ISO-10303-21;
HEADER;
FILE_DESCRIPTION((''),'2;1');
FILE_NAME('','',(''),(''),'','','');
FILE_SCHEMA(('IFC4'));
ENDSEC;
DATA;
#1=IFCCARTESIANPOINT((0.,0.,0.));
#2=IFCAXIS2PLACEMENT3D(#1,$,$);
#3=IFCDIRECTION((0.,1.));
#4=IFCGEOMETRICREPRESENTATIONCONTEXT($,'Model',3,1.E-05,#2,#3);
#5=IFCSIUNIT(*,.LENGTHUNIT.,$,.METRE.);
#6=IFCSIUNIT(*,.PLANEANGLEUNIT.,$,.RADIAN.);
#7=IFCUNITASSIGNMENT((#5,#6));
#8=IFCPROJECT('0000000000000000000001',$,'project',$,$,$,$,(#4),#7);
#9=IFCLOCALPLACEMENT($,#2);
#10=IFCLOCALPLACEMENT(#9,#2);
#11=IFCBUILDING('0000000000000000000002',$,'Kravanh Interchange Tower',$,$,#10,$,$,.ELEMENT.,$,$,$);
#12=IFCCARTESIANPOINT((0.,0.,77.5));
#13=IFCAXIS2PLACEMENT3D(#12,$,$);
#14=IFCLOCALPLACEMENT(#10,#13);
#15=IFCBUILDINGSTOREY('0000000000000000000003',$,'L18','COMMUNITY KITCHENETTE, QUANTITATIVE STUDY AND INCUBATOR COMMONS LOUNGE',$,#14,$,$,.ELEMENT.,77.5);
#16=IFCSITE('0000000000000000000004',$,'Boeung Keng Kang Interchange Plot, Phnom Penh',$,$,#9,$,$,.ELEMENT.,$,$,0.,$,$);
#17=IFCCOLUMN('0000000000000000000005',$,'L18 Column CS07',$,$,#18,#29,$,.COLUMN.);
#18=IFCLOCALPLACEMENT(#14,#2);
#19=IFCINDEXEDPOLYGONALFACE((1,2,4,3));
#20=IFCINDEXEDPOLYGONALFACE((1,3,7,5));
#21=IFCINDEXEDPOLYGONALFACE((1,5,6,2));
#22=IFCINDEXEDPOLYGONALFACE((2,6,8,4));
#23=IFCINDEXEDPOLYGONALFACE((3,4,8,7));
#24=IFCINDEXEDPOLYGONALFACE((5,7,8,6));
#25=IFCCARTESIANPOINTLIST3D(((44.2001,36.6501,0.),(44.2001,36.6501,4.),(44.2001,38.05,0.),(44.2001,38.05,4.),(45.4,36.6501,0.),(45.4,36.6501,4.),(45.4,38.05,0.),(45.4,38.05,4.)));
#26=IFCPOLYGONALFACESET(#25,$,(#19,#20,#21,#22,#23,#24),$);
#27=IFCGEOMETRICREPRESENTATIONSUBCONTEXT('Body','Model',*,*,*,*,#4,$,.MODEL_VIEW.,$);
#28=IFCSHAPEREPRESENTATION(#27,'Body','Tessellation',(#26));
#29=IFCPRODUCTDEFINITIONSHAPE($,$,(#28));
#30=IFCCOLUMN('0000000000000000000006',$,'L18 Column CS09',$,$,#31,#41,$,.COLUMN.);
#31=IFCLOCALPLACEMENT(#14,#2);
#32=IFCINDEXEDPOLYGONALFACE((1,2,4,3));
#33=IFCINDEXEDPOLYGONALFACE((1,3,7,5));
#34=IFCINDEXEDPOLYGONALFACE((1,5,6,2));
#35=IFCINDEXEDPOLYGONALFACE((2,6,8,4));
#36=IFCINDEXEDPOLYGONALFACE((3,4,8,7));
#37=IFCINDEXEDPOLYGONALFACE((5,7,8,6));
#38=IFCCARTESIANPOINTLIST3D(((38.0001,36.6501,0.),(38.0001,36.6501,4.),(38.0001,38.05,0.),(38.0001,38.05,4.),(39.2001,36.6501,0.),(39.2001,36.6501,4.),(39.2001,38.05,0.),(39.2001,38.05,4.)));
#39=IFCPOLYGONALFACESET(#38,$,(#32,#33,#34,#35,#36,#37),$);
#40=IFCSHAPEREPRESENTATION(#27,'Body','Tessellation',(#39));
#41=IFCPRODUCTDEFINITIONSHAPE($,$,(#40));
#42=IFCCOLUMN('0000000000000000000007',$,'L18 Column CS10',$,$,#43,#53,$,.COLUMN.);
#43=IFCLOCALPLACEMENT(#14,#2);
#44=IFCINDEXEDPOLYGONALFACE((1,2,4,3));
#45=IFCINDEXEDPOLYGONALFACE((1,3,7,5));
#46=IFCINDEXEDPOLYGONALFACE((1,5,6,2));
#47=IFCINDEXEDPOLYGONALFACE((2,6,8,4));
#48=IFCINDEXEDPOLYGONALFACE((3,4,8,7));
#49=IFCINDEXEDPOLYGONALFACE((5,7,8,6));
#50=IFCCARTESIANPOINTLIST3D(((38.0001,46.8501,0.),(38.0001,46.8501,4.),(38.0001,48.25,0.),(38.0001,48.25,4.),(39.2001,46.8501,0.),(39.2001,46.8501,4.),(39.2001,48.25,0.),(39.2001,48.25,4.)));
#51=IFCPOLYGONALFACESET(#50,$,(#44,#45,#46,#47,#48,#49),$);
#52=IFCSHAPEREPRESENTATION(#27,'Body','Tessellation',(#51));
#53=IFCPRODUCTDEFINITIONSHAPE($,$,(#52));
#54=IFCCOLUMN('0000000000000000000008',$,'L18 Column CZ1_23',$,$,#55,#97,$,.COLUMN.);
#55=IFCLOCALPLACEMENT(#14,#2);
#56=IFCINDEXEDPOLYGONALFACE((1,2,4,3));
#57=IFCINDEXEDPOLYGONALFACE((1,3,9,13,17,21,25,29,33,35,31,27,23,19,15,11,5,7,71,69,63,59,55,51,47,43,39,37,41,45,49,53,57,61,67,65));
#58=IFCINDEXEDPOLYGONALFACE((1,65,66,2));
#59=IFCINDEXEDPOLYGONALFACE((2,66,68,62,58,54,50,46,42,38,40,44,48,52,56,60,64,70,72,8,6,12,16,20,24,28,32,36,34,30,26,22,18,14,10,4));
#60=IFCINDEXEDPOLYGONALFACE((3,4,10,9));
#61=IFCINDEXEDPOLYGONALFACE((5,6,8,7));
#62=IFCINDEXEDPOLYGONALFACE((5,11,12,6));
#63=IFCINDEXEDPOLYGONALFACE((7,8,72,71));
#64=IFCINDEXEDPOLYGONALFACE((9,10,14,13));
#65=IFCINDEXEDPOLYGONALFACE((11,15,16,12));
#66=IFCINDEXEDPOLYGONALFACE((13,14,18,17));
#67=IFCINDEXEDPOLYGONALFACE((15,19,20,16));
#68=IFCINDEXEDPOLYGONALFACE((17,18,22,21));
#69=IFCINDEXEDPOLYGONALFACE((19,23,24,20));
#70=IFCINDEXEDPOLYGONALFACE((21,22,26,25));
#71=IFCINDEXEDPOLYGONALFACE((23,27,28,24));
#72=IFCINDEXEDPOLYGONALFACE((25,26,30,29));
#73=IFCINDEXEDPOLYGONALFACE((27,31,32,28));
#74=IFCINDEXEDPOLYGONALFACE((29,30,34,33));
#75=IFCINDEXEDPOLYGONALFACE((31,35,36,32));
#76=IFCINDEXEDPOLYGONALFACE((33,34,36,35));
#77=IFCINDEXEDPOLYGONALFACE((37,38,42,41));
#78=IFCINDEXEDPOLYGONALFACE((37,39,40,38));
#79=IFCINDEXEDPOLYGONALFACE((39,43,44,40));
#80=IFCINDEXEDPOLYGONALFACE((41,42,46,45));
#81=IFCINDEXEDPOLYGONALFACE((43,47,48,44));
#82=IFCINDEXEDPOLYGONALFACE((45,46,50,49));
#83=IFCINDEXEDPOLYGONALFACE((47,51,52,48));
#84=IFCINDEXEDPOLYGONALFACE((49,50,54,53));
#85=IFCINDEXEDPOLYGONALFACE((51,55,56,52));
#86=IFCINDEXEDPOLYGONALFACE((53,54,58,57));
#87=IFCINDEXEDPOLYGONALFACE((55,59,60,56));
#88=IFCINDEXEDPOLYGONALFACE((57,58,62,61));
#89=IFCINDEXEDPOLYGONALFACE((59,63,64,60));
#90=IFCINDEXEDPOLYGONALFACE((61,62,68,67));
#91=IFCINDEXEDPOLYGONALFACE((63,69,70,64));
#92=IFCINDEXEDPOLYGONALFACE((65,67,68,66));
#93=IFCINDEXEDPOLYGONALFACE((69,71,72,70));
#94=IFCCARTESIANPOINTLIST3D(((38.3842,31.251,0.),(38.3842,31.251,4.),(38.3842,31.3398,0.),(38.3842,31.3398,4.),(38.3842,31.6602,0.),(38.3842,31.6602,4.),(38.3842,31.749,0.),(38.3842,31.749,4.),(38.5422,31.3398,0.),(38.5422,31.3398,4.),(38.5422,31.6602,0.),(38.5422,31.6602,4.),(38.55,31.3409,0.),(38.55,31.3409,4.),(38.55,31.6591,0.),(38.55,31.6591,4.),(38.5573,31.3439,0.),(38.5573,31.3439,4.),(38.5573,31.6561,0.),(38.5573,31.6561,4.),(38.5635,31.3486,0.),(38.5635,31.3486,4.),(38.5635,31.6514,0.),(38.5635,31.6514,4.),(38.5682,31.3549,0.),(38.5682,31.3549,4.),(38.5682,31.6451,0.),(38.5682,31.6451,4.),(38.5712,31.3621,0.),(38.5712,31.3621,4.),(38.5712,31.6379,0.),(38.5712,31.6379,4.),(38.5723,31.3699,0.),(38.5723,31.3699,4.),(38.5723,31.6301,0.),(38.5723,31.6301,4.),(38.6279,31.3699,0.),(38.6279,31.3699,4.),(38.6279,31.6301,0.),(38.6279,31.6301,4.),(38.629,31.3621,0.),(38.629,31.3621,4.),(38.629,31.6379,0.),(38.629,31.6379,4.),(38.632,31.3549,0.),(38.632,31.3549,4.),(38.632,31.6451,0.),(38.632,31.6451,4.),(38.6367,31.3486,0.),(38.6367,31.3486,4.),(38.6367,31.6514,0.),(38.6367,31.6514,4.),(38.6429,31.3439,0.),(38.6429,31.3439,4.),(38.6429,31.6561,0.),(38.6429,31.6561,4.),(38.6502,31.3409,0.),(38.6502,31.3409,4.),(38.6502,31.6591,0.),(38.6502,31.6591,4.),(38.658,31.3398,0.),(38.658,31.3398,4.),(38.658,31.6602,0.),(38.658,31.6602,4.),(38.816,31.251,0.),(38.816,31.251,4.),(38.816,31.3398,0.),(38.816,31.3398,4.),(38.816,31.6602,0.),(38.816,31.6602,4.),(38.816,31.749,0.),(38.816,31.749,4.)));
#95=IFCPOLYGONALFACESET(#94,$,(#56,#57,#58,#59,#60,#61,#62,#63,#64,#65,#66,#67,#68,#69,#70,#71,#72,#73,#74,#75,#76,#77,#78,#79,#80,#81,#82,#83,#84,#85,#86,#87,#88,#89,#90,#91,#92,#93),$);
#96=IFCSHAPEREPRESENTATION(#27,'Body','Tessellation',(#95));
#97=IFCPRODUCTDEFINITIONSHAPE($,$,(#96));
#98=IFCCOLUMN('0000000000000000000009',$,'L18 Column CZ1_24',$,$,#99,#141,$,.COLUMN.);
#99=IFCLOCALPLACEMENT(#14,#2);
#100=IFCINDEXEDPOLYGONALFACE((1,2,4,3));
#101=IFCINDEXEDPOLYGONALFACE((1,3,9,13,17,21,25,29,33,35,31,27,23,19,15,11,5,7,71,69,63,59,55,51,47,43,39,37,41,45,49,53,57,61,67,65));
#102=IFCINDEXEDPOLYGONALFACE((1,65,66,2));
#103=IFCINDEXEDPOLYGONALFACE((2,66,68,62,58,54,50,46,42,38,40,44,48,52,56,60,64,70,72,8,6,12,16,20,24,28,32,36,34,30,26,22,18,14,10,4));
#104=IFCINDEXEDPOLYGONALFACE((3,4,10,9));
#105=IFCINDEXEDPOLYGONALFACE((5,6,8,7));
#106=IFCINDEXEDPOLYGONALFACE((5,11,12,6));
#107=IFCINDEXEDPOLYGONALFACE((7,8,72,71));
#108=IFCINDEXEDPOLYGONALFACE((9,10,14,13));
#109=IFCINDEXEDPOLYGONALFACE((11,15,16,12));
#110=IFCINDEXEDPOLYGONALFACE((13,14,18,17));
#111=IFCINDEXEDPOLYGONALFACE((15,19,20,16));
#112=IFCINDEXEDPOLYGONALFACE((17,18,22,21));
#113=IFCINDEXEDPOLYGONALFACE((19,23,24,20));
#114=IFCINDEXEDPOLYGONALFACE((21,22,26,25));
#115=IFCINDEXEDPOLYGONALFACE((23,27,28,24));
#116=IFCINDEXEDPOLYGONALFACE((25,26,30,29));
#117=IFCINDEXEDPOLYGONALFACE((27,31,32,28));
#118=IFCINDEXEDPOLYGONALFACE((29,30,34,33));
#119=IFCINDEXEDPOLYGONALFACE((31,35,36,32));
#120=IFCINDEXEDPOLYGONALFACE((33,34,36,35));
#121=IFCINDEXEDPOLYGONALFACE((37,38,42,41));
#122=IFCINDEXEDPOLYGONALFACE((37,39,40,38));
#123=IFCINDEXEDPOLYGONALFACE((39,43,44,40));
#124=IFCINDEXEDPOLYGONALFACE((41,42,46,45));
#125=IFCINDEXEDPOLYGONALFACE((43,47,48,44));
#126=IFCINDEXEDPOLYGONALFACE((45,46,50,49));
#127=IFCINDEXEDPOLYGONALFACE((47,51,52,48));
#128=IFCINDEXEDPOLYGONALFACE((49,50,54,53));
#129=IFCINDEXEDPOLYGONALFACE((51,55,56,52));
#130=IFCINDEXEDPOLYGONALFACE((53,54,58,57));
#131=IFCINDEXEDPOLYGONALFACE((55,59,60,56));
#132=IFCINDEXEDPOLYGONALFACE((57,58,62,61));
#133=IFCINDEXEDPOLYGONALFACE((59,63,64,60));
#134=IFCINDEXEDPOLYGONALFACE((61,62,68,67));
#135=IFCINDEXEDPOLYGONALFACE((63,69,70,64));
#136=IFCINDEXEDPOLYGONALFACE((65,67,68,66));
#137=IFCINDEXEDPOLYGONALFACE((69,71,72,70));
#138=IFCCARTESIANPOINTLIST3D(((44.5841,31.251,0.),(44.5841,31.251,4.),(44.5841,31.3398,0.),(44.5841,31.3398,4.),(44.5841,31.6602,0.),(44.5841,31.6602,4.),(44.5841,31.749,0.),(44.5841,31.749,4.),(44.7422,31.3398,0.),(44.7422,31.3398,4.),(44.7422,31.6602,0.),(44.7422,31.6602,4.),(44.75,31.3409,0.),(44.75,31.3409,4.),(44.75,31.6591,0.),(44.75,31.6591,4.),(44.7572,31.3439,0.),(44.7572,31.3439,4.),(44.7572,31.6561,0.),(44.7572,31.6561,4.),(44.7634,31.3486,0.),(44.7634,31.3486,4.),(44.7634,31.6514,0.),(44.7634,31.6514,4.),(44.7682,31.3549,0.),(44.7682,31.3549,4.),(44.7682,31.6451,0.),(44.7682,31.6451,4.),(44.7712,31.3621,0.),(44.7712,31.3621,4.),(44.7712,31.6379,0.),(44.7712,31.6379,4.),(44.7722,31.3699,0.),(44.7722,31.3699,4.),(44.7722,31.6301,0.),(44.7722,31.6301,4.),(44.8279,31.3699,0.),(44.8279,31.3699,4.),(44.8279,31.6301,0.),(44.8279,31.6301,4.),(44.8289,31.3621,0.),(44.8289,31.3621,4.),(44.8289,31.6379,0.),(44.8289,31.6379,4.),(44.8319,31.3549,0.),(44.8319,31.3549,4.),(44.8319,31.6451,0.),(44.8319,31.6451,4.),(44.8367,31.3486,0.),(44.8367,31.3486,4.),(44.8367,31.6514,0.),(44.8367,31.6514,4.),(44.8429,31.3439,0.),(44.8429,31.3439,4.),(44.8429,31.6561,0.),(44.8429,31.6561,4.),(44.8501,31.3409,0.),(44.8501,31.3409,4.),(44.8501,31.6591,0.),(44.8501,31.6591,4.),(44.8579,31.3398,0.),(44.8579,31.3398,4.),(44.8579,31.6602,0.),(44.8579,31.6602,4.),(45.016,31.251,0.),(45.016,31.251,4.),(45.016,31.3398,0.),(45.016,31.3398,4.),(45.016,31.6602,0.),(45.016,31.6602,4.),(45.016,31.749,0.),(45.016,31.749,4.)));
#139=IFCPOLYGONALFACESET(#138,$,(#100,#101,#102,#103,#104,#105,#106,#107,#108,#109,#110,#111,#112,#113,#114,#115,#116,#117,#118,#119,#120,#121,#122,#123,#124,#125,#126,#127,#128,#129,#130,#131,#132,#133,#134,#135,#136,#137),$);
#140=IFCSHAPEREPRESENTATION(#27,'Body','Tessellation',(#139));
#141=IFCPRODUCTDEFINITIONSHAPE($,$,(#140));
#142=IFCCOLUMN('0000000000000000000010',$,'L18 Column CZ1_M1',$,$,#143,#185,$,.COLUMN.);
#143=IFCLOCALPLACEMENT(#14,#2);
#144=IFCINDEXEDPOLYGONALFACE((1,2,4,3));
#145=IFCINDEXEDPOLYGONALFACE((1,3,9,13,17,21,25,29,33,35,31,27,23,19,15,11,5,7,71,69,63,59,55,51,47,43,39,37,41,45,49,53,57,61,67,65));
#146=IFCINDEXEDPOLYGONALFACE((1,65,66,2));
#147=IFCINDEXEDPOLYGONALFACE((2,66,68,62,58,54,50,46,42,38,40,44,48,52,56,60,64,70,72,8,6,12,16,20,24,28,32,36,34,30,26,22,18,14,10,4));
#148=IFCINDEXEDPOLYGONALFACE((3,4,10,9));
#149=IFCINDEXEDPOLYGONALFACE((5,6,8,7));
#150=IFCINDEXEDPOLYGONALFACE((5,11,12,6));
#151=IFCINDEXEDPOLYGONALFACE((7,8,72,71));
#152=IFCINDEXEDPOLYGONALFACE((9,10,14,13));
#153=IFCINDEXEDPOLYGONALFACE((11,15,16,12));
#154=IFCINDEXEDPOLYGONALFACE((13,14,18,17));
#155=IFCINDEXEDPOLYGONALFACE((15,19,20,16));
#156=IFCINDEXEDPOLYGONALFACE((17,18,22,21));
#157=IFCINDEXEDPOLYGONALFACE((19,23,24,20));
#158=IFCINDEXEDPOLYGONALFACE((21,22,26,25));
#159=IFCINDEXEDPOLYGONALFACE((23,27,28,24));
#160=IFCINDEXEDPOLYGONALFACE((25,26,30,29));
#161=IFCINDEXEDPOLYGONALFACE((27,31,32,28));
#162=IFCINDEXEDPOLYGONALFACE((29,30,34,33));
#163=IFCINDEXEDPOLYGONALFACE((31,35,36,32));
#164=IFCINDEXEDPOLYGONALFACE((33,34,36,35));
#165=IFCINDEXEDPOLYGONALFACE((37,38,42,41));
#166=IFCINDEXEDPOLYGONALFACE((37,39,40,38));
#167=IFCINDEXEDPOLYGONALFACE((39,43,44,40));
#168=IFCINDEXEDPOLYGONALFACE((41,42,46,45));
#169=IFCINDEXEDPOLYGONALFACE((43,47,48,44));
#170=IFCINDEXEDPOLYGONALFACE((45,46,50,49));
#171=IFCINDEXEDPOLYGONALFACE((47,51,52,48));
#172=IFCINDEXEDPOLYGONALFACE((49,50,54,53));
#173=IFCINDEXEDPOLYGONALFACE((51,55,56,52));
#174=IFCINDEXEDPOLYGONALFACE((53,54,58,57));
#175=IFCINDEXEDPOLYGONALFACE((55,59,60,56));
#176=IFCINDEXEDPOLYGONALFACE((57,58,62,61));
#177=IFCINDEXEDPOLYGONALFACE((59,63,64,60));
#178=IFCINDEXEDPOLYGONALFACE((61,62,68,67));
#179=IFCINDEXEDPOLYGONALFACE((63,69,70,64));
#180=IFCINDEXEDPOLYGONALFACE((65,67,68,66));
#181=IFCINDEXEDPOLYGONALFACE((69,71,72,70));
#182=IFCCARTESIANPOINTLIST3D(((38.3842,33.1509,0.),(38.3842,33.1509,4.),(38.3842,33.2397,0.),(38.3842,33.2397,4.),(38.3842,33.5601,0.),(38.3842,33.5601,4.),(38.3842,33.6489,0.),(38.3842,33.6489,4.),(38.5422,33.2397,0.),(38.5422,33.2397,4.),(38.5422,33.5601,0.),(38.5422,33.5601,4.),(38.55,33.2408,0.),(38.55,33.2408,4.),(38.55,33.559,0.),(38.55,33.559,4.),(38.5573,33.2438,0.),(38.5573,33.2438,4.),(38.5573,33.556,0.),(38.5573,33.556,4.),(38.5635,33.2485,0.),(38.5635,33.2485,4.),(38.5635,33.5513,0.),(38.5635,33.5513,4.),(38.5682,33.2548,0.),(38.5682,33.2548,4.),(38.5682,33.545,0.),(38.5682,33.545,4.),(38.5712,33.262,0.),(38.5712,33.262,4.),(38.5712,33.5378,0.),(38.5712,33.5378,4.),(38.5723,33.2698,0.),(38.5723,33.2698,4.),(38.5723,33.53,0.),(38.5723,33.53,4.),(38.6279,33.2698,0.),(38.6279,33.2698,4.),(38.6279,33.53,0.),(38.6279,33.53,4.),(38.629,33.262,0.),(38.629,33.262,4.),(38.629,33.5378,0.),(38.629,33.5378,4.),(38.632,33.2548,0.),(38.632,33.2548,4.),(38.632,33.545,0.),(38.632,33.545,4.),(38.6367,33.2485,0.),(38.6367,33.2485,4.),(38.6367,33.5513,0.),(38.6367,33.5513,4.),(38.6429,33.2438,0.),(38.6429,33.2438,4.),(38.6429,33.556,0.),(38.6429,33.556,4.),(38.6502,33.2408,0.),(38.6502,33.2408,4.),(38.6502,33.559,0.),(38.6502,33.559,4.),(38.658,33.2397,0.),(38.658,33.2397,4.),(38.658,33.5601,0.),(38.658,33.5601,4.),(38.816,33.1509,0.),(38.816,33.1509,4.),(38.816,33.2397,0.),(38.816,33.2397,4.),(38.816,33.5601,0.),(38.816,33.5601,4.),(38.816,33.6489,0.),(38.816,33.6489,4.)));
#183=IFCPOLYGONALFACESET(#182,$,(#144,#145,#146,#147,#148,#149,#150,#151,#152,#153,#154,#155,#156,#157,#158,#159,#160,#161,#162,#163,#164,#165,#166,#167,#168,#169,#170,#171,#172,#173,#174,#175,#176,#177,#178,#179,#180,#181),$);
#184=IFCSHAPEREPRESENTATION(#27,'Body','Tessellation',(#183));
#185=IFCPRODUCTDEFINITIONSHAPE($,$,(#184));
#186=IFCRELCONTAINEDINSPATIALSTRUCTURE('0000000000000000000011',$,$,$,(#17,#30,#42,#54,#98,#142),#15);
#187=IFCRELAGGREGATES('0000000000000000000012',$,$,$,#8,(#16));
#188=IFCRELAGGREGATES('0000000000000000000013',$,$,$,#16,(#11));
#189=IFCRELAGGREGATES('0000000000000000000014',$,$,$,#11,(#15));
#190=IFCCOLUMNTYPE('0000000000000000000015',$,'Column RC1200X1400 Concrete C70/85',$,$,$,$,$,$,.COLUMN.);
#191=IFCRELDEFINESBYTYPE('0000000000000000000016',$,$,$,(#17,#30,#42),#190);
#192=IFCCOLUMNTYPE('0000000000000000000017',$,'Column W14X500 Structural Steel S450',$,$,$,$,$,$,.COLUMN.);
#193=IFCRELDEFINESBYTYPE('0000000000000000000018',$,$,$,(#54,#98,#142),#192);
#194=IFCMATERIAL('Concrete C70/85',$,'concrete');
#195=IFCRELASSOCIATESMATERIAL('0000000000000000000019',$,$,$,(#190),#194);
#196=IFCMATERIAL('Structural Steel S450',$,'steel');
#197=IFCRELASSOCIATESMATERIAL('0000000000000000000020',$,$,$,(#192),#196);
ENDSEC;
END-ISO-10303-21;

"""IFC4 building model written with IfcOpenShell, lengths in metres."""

from ifc_helpers import new_model, si_unit, direction, frame, origin, origin_2d, place, context, subcontext, project, spatial, rectangle, i_section, extrude, material, material_profile, profile_set, type_object, element, save


model = new_model("IFC4")

# Units and contexts
model_context = context("Model", 3, precision=1e-05, world=origin(), true_north=direction((0.0, 1.0)))
body_context = subcontext(model_context, "Body", "Model", "MODEL_VIEW")
ifc_project = project(units=[si_unit("LENGTHUNIT", "METRE"), si_unit("PLANEANGLEUNIT", "RADIAN")], contexts=[model_context])

# Site, building, storey
site_placement = place(None, origin())
site = spatial("IfcSite", under=ifc_project, at=site_placement, Name="Boeung Keng Kang Interchange Plot, Phnom Penh", CompositionType="ELEMENT", RefElevation=0.0)
building_placement = place(site_placement, origin())
building = spatial("IfcBuilding", under=site, at=building_placement, Name="Kravanh Interchange Tower", CompositionType="ELEMENT")
storey_placement = place(building_placement, frame((0.0, 0.0, 77.5)))
storey = spatial("IfcBuildingStorey", under=building, at=storey_placement, Name="L18", Description="COMMUNITY KITCHENETTE, QUANTITATIVE STUDY AND INCUBATOR COMMONS LOUNGE", CompositionType="ELEMENT", Elevation=77.5)

# Columns
ifc_material_1 = material(Name="Concrete C70/85", Category="concrete")
ifc_material_profile_1 = material_profile(ifc_material_1, rectangle(XDim=1.2, YDim=1.3999, at=origin_2d()), Name="RC1200X1400")
ifc_profile_set_1 = profile_set([ifc_material_profile_1], Name="Concrete C70/85")
column_type_1 = type_object("IfcColumnType", Name="Column RC1200X1400 Concrete C70/85", PredefinedType="COLUMN", material=ifc_profile_set_1)
for number, where, z_axis, x_axis, name in (
    (1, (44.8, 37.3501, 0.0), (0.0, 0.0, 1.0), (1.0, 0.0, 0.0), "L18 Column CS07"),
    (2, (38.6001, 37.3501, 0.0), (0.0, 0.0, 1.0), (1.0, 0.0, 0.0), "L18 Column CS09"),
    (3, (38.6001, 47.55, 0.0), (0.0, 0.0, 1.0), (1.0, 0.0, 0.0), "L18 Column CS10"),
):
    element("IfcColumn", number, at=place(storey_placement, frame(where, z_axis=z_axis, x_axis=x_axis)), inside=storey, type_object=column_type_1, Name=name, PredefinedType="COLUMN", context=body_context, shape_type="SweptSolid", body=[
        extrude(rectangle(XDim=1.2, YDim=1.3999, at=origin_2d()), origin(), (0.0, 0.0, 1.0), 4.0),
    ])
ifc_material_2 = material(Name="Structural Steel S450", Category="steel")
ifc_material_profile_2 = material_profile(ifc_material_2, i_section(OverallWidth=0.4319, OverallDepth=0.498, WebThickness=0.0557, FlangeThickness=0.0889, FilletRadius=0.03, at=origin_2d()), Name="W14X500")
ifc_profile_set_2 = profile_set([ifc_material_profile_2], Name="Structural Steel S450")
column_type_2 = type_object("IfcColumnType", Name="Column W14X500 Structural Steel S450", PredefinedType="COLUMN", material=ifc_profile_set_2)
for number, where, z_axis, x_axis, name in (
    (4, (38.6001, 31.5, 0.0), (0.0, 0.0, 1.0), (1.0, 0.0, 0.0), "L18 Column CZ1_23"),
    (5, (44.8, 31.5, 0.0), (0.0, 0.0, 1.0), (1.0, 0.0, 0.0), "L18 Column CZ1_24"),
    (6, (38.6001, 33.3999, 0.0), (0.0, 0.0, 1.0), (1.0, 0.0, 0.0), "L18 Column CZ1_M1"),
):
    element("IfcColumn", number, at=place(storey_placement, frame(where, z_axis=z_axis, x_axis=x_axis)), inside=storey, type_object=column_type_2, Name=name, PredefinedType="COLUMN", context=body_context, shape_type="SweptSolid", body=[
        extrude(i_section(OverallWidth=0.4319, OverallDepth=0.498, WebThickness=0.0557, FlangeThickness=0.0889, FilletRadius=0.03, at=origin_2d()), origin(), (0.0, 0.0, 1.0), 4.0),
    ])

save(model, "model.ifc")
